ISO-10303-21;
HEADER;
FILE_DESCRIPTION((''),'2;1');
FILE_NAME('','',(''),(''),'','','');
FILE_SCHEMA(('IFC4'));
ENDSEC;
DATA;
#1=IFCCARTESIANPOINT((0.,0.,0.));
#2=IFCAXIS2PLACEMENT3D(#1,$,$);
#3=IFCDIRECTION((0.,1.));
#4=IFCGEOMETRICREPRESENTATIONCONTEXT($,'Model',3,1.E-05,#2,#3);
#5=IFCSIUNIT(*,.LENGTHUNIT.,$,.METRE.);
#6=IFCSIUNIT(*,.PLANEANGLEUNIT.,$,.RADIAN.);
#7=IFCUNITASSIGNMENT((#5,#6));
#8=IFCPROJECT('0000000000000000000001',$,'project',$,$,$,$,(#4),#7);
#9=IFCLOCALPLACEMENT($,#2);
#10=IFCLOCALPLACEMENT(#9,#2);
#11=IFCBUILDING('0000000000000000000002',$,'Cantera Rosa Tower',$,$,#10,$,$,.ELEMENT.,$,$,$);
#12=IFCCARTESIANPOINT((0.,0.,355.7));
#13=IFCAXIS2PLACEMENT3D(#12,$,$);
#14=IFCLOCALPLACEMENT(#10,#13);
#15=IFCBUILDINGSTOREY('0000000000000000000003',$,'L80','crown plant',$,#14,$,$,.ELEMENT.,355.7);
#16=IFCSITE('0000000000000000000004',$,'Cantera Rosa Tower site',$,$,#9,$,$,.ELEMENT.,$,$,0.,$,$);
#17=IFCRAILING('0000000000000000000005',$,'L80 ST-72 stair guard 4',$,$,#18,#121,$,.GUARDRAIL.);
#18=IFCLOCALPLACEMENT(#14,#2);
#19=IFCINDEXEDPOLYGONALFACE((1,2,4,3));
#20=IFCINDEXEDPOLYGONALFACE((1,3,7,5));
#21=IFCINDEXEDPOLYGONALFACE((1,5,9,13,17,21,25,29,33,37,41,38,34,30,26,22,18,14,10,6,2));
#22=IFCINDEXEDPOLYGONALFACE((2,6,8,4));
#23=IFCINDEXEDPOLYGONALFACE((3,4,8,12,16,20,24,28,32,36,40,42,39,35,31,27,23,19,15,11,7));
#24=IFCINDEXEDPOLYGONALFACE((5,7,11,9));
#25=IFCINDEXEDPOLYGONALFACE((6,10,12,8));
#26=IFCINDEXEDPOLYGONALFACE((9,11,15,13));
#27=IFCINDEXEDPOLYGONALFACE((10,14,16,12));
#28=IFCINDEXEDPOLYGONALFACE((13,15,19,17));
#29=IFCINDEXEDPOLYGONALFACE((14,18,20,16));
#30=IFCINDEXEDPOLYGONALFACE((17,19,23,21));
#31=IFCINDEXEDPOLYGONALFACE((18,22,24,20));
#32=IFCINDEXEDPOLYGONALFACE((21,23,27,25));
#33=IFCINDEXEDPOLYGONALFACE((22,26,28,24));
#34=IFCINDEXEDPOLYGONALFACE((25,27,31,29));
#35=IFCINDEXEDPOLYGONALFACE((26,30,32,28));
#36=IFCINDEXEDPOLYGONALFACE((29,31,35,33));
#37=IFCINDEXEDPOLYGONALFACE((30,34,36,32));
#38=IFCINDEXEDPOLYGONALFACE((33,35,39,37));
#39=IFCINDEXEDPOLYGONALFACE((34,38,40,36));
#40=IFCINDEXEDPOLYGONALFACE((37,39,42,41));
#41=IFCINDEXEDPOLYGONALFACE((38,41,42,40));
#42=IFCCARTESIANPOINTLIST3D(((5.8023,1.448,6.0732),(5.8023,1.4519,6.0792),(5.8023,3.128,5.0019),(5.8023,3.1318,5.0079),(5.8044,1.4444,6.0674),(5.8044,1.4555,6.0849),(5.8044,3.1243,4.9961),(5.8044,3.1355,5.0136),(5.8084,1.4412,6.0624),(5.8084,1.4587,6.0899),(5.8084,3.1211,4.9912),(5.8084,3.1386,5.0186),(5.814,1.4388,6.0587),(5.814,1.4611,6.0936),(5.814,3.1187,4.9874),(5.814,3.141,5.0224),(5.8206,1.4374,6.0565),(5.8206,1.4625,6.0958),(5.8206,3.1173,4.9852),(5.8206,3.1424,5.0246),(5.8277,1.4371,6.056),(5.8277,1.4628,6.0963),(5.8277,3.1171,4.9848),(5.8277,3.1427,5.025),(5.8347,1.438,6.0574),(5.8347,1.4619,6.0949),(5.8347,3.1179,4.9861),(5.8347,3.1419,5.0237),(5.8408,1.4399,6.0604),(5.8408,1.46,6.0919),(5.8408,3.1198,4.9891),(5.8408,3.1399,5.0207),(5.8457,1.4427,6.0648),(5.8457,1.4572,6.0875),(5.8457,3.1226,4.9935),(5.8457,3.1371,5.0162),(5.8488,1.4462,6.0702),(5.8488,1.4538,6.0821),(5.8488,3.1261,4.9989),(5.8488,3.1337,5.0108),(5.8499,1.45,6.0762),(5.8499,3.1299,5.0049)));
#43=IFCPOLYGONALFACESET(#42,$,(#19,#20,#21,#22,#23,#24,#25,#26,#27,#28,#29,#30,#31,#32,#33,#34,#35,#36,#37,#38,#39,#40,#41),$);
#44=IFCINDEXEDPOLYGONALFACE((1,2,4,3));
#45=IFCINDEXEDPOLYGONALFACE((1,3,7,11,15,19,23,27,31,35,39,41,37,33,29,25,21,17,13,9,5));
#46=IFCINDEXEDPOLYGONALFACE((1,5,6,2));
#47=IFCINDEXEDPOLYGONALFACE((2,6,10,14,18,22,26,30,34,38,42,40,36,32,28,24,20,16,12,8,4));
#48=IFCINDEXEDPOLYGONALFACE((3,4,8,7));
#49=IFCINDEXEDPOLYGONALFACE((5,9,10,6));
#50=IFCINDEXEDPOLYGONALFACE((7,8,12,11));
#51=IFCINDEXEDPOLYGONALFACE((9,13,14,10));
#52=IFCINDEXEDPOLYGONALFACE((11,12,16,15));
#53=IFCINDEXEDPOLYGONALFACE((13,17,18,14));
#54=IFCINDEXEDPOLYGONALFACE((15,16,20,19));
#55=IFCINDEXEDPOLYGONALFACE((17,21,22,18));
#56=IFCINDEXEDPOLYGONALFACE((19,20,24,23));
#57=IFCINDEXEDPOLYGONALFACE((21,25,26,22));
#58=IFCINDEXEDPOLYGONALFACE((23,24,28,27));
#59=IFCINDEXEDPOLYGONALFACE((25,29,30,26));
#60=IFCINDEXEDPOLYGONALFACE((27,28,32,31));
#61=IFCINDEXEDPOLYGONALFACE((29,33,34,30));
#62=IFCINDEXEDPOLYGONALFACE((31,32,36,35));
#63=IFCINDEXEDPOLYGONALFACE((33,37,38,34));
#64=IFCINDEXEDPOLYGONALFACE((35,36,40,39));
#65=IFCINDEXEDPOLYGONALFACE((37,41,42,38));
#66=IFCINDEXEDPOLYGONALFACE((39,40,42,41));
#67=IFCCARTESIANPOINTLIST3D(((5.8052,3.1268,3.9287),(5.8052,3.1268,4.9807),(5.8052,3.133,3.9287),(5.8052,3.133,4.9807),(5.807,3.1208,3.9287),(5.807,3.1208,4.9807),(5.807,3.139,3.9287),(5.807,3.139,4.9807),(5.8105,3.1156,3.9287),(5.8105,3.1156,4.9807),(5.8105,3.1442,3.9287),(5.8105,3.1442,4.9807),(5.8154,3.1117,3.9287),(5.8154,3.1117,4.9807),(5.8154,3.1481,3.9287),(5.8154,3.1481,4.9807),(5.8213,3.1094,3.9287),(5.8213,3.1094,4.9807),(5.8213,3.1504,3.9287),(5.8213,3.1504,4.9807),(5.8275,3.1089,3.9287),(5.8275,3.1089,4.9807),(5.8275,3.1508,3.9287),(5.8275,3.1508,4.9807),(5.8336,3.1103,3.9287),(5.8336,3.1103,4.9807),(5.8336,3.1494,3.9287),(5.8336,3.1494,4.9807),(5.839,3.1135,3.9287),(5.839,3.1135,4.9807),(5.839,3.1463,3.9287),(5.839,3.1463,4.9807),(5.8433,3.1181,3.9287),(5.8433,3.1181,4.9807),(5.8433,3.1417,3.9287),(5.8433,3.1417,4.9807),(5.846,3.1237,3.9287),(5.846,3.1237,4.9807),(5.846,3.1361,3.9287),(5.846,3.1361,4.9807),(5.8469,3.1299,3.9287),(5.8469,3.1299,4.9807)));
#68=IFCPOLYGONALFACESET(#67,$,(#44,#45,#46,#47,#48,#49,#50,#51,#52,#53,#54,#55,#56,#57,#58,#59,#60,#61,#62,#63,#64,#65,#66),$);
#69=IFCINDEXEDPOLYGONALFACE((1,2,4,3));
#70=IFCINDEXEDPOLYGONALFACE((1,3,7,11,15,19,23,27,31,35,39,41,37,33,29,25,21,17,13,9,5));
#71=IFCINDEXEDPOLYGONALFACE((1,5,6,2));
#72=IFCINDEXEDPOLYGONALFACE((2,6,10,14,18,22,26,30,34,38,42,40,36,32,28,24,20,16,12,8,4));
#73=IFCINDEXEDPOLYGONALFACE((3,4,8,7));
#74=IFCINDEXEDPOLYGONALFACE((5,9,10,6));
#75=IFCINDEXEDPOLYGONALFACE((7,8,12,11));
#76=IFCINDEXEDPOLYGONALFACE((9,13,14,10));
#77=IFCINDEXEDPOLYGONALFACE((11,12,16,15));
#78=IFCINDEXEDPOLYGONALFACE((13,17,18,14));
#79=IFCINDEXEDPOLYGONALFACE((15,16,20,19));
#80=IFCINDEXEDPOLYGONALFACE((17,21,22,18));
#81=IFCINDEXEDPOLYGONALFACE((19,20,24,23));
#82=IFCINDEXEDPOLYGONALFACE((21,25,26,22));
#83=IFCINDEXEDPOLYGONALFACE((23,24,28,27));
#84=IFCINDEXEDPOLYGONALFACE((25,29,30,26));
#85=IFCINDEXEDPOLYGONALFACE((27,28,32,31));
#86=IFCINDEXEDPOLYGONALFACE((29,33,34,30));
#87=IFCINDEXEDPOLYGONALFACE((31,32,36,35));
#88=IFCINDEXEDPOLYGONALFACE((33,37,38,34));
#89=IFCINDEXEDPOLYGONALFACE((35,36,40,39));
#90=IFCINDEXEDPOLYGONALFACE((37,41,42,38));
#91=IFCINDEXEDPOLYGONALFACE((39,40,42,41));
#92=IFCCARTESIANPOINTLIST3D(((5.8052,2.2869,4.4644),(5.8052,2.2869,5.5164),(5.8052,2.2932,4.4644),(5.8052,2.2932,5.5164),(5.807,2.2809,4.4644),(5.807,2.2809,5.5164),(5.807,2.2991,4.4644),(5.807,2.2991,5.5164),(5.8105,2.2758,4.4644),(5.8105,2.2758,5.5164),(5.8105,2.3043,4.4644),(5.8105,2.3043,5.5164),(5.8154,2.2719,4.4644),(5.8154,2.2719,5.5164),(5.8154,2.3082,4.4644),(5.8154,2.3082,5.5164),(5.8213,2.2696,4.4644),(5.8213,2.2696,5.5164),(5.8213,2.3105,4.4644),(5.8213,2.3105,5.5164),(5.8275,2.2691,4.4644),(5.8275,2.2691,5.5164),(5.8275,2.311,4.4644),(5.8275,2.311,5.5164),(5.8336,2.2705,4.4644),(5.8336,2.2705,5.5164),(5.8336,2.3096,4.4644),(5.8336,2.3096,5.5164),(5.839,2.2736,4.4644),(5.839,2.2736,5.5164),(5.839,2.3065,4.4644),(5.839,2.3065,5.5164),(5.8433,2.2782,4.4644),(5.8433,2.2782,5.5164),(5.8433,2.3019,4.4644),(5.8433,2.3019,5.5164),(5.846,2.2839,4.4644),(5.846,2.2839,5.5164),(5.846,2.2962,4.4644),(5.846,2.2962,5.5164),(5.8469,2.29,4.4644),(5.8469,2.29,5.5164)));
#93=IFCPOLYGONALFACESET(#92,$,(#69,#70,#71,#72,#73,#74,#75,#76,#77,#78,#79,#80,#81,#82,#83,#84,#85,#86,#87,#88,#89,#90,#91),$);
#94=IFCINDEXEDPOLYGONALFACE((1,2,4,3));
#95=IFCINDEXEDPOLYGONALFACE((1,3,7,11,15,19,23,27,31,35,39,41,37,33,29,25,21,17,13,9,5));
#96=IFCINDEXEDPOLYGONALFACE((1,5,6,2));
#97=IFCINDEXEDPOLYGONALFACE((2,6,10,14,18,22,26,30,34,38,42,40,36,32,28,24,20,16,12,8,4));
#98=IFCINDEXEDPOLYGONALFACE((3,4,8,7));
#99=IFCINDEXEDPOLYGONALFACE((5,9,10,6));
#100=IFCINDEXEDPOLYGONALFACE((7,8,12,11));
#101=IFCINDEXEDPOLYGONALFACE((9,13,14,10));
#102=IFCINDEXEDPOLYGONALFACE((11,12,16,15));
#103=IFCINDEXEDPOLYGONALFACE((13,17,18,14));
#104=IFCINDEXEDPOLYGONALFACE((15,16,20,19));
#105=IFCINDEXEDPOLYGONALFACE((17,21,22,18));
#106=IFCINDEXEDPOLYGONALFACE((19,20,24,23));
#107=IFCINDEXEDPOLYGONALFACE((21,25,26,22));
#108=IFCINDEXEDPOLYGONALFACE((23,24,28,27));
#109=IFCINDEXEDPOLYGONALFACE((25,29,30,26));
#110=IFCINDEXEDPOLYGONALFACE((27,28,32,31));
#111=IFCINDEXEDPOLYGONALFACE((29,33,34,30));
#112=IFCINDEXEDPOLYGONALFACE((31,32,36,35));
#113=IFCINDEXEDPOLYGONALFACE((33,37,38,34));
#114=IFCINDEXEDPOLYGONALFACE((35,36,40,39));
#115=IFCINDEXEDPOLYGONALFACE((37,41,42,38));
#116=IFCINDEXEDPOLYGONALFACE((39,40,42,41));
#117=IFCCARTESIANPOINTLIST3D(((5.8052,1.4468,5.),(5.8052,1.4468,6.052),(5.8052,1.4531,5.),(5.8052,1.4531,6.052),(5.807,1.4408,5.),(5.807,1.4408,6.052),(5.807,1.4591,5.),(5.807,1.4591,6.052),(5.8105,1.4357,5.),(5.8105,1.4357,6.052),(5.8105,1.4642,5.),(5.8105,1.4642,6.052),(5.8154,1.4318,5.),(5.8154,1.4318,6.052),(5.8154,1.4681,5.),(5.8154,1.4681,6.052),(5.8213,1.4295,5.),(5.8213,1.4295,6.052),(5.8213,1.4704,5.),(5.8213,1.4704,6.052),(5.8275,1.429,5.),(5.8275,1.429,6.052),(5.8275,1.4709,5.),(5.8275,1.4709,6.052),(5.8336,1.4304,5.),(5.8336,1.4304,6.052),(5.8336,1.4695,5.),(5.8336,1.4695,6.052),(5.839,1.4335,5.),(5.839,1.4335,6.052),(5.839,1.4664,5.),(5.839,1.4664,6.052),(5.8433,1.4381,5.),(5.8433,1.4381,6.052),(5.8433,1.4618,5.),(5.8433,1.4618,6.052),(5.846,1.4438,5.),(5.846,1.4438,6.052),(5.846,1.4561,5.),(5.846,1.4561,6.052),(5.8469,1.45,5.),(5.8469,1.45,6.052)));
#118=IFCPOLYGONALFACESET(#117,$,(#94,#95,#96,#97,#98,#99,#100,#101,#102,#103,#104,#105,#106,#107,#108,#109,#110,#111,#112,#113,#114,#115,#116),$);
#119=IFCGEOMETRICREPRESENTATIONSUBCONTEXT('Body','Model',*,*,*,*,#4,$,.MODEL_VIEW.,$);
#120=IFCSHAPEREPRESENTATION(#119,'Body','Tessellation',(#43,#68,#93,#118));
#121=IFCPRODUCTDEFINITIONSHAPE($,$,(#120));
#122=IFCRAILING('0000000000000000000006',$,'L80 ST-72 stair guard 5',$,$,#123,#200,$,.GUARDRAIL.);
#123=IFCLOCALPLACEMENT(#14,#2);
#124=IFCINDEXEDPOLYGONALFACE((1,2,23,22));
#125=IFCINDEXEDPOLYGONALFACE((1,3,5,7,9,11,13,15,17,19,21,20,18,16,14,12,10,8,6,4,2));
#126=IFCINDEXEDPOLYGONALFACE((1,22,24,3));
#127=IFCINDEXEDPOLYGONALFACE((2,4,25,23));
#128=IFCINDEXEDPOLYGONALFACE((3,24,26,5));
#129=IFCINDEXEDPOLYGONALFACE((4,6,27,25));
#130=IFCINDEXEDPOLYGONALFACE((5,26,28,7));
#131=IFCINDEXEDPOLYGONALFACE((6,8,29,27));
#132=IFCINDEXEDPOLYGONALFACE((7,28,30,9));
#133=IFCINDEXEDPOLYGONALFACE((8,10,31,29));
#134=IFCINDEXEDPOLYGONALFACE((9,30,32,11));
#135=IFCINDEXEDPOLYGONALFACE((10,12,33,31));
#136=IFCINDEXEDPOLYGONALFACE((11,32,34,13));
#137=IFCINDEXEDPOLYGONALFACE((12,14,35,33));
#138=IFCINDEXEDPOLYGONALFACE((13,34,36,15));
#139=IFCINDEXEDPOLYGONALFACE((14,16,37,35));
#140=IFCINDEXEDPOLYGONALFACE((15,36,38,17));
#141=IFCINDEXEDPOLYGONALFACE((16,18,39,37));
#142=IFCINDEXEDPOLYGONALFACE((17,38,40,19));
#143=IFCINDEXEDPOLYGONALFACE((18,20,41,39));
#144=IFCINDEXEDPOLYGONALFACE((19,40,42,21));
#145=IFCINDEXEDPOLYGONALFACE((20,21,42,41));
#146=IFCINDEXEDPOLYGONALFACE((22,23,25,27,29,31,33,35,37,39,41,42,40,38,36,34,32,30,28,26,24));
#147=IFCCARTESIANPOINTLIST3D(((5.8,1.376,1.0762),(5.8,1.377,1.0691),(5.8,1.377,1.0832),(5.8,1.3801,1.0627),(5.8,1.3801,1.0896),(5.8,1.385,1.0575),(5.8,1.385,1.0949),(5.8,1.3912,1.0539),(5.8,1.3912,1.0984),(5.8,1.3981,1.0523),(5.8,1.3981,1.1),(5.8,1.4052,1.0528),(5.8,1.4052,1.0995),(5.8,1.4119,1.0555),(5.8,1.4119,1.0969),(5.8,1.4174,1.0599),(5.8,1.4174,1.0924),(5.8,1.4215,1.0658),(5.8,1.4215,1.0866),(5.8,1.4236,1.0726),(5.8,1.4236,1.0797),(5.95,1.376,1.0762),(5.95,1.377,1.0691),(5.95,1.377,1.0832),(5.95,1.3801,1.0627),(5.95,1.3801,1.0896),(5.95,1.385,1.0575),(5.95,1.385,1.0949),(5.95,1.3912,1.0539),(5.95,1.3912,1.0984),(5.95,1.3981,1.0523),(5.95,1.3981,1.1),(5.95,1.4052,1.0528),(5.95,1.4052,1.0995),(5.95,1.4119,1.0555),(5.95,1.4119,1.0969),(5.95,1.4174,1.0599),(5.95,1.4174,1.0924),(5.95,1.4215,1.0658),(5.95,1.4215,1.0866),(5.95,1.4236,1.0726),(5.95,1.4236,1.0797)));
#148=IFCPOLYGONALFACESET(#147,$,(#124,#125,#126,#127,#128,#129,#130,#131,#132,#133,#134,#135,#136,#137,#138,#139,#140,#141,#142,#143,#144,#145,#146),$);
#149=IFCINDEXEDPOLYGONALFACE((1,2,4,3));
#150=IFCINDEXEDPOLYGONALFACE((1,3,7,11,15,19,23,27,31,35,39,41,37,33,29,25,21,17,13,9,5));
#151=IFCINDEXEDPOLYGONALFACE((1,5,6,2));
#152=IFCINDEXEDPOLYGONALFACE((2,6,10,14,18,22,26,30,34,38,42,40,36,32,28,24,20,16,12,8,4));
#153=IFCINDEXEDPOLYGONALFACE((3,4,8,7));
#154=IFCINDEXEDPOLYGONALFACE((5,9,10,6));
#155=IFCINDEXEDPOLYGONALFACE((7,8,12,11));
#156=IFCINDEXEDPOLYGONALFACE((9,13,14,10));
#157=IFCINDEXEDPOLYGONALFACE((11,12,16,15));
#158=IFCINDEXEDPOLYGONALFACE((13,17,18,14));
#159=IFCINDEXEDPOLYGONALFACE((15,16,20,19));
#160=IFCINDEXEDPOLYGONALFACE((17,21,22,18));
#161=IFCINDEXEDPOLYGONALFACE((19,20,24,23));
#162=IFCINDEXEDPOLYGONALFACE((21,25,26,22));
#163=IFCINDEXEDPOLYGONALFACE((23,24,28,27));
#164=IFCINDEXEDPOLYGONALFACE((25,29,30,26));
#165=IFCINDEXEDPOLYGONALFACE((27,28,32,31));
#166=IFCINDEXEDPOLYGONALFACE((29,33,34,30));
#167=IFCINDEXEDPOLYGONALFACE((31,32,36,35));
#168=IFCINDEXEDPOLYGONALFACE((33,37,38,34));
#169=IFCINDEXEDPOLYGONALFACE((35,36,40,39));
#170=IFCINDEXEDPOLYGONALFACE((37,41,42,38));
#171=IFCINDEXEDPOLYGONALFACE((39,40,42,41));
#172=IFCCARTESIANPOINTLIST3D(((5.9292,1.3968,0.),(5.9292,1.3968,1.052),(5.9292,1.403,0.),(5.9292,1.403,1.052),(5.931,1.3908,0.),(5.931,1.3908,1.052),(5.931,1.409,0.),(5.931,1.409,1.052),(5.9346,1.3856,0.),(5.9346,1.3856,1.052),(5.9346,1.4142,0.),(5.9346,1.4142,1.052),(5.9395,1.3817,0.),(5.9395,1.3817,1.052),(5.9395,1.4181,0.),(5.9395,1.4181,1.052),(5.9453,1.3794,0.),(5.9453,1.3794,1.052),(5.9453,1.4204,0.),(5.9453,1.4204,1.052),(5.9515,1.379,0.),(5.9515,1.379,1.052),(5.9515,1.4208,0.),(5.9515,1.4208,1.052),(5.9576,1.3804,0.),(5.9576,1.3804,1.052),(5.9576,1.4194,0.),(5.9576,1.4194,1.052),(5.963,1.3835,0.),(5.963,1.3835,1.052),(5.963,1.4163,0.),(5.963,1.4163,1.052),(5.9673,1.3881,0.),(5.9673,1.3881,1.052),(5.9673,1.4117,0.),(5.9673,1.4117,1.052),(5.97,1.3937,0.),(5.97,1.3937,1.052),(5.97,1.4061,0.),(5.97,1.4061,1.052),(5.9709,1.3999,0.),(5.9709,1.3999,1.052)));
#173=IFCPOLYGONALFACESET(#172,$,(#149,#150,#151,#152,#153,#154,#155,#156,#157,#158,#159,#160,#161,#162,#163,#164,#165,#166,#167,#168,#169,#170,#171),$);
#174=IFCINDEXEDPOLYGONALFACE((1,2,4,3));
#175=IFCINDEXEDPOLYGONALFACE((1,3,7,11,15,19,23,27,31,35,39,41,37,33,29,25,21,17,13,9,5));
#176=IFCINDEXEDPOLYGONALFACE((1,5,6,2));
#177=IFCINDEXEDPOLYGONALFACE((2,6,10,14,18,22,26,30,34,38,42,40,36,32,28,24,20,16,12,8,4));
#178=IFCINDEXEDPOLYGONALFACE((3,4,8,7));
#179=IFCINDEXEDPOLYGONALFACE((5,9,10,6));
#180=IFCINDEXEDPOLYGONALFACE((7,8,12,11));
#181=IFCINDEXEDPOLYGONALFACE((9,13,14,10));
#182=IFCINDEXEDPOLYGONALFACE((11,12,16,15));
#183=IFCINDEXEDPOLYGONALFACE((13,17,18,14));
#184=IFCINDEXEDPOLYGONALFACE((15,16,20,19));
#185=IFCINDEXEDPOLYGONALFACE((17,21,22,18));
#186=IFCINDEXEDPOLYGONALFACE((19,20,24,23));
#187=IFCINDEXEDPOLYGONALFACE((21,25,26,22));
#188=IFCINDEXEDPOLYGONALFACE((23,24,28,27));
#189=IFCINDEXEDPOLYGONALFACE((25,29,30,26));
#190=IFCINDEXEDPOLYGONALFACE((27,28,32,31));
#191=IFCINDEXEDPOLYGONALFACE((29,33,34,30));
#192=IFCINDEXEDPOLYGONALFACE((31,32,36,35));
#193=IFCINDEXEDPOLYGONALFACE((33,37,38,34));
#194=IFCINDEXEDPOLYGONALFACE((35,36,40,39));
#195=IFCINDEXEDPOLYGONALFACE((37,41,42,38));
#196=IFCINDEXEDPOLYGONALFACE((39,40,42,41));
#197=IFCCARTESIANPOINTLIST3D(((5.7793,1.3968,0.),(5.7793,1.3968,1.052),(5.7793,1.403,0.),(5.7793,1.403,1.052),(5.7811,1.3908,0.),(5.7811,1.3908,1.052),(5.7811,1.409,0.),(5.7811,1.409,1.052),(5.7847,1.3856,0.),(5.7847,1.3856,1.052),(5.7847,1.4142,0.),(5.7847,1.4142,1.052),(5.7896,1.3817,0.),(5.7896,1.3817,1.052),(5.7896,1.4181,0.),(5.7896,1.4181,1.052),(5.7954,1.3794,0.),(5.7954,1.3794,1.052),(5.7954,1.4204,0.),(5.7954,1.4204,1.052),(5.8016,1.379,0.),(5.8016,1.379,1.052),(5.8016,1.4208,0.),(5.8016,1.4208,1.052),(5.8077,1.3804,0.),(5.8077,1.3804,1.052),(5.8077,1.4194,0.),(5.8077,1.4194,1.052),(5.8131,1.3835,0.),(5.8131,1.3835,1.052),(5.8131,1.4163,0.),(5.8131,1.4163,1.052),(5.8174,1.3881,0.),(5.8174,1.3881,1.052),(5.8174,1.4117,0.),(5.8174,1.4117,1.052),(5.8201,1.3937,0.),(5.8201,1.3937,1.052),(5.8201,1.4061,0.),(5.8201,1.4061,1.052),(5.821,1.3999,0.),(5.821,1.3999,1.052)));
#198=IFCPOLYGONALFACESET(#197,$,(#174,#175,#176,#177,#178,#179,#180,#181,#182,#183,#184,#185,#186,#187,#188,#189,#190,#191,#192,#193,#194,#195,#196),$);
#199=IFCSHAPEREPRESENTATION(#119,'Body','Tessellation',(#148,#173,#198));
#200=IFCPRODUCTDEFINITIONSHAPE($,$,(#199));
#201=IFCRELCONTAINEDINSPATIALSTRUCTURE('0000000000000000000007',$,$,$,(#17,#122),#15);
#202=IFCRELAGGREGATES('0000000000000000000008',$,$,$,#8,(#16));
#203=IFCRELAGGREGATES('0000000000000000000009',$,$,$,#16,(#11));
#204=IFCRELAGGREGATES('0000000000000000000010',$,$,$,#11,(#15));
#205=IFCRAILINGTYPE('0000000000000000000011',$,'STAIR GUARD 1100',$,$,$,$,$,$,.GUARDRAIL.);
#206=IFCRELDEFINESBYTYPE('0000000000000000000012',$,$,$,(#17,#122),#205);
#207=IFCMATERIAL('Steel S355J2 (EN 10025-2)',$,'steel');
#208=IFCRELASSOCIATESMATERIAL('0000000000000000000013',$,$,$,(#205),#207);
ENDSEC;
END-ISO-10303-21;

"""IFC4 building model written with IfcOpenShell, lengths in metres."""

from ifc_helpers import new_model, si_unit, direction, frame, origin, origin_2d, place, context, subcontext, project, spatial, circle, extrude, material, type_object, element, save


model = new_model("IFC4")

# Units and contexts
model_context = context("Model", 3, precision=1e-05, world=origin(), true_north=direction((0.0, 1.0)))
body_context = subcontext(model_context, "Body", "Model", "MODEL_VIEW")
ifc_project = project(units=[si_unit("LENGTHUNIT", "METRE"), si_unit("PLANEANGLEUNIT", "RADIAN")], contexts=[model_context])

# Site, building, storey
site_placement = place(None, origin())
site = spatial("IfcSite", under=ifc_project, at=site_placement, Name="Cantera Rosa Tower site", CompositionType="ELEMENT", RefElevation=0.0)
building_placement = place(site_placement, origin())
building = spatial("IfcBuilding", under=site, at=building_placement, Name="Cantera Rosa Tower", CompositionType="ELEMENT")
storey_placement = place(building_placement, frame((0.0, 0.0, 355.7)))
storey = spatial("IfcBuildingStorey", under=building, at=storey_placement, Name="L80", Description="crown plant", CompositionType="ELEMENT", Elevation=355.7)

# Railings
ifc_material_1 = material(Name="Steel S355J2 (EN 10025-2)", Category="steel")
railing_type_1 = type_object("IfcRailingType", Name="STAIR GUARD 1100", PredefinedType="GUARDRAIL", material=ifc_material_1)
railing_1_placement = place(storey_placement, frame((5.8259, 3.1299, 3.9287)))
element("IfcRailing", 1, at=railing_1_placement, inside=storey, type_object=railing_type_1, Name="L80 ST-72 stair guard 4", PredefinedType="GUARDRAIL", context=body_context, shape_type="SweptSolid", body=[
    extrude(circle(Radius=0.0239, at=origin_2d()), frame((0.0, 0.0, 1.0762), z_axis=(0.0, -0.843152, 0.537676), x_axis=(1.0, 0.0, 0.0)), (0.0, 0.0, 1.0), 1.9924),
    extrude(circle(Radius=0.021, at=origin_2d()), origin(), (0.0, 0.0, 1.0), 1.052),
    extrude(circle(Radius=0.021, at=origin_2d()), frame((0.0, -0.8398, 0.5356)), (0.0, 0.0, 1.0), 1.052),
    extrude(circle(Radius=0.021, at=origin_2d()), frame((0.0, -1.6799, 1.0713)), (0.0, 0.0, 1.0), 1.052),
])
railing_2_placement = place(storey_placement, frame((5.95, 1.3999, 0.0)))
element("IfcRailing", 2, at=railing_2_placement, inside=storey, type_object=railing_type_1, Name="L80 ST-72 stair guard 5", PredefinedType="GUARDRAIL", context=body_context, shape_type="SweptSolid", body=[
    extrude(circle(Radius=0.0239, at=origin_2d()), frame((0.0, 0.0, 1.0762), z_axis=(-1.0, 0.0, 0.0), x_axis=(0.0, -1.0, 0.0)), (0.0, 0.0, 1.0), 0.1499),
    extrude(circle(Radius=0.021, at=origin_2d()), origin(), (0.0, 0.0, 1.0), 1.052),
    extrude(circle(Radius=0.021, at=origin_2d()), frame((-0.1499, 0.0, 0.0)), (0.0, 0.0, 1.0), 1.052),
])

save(model, "model.ifc")
